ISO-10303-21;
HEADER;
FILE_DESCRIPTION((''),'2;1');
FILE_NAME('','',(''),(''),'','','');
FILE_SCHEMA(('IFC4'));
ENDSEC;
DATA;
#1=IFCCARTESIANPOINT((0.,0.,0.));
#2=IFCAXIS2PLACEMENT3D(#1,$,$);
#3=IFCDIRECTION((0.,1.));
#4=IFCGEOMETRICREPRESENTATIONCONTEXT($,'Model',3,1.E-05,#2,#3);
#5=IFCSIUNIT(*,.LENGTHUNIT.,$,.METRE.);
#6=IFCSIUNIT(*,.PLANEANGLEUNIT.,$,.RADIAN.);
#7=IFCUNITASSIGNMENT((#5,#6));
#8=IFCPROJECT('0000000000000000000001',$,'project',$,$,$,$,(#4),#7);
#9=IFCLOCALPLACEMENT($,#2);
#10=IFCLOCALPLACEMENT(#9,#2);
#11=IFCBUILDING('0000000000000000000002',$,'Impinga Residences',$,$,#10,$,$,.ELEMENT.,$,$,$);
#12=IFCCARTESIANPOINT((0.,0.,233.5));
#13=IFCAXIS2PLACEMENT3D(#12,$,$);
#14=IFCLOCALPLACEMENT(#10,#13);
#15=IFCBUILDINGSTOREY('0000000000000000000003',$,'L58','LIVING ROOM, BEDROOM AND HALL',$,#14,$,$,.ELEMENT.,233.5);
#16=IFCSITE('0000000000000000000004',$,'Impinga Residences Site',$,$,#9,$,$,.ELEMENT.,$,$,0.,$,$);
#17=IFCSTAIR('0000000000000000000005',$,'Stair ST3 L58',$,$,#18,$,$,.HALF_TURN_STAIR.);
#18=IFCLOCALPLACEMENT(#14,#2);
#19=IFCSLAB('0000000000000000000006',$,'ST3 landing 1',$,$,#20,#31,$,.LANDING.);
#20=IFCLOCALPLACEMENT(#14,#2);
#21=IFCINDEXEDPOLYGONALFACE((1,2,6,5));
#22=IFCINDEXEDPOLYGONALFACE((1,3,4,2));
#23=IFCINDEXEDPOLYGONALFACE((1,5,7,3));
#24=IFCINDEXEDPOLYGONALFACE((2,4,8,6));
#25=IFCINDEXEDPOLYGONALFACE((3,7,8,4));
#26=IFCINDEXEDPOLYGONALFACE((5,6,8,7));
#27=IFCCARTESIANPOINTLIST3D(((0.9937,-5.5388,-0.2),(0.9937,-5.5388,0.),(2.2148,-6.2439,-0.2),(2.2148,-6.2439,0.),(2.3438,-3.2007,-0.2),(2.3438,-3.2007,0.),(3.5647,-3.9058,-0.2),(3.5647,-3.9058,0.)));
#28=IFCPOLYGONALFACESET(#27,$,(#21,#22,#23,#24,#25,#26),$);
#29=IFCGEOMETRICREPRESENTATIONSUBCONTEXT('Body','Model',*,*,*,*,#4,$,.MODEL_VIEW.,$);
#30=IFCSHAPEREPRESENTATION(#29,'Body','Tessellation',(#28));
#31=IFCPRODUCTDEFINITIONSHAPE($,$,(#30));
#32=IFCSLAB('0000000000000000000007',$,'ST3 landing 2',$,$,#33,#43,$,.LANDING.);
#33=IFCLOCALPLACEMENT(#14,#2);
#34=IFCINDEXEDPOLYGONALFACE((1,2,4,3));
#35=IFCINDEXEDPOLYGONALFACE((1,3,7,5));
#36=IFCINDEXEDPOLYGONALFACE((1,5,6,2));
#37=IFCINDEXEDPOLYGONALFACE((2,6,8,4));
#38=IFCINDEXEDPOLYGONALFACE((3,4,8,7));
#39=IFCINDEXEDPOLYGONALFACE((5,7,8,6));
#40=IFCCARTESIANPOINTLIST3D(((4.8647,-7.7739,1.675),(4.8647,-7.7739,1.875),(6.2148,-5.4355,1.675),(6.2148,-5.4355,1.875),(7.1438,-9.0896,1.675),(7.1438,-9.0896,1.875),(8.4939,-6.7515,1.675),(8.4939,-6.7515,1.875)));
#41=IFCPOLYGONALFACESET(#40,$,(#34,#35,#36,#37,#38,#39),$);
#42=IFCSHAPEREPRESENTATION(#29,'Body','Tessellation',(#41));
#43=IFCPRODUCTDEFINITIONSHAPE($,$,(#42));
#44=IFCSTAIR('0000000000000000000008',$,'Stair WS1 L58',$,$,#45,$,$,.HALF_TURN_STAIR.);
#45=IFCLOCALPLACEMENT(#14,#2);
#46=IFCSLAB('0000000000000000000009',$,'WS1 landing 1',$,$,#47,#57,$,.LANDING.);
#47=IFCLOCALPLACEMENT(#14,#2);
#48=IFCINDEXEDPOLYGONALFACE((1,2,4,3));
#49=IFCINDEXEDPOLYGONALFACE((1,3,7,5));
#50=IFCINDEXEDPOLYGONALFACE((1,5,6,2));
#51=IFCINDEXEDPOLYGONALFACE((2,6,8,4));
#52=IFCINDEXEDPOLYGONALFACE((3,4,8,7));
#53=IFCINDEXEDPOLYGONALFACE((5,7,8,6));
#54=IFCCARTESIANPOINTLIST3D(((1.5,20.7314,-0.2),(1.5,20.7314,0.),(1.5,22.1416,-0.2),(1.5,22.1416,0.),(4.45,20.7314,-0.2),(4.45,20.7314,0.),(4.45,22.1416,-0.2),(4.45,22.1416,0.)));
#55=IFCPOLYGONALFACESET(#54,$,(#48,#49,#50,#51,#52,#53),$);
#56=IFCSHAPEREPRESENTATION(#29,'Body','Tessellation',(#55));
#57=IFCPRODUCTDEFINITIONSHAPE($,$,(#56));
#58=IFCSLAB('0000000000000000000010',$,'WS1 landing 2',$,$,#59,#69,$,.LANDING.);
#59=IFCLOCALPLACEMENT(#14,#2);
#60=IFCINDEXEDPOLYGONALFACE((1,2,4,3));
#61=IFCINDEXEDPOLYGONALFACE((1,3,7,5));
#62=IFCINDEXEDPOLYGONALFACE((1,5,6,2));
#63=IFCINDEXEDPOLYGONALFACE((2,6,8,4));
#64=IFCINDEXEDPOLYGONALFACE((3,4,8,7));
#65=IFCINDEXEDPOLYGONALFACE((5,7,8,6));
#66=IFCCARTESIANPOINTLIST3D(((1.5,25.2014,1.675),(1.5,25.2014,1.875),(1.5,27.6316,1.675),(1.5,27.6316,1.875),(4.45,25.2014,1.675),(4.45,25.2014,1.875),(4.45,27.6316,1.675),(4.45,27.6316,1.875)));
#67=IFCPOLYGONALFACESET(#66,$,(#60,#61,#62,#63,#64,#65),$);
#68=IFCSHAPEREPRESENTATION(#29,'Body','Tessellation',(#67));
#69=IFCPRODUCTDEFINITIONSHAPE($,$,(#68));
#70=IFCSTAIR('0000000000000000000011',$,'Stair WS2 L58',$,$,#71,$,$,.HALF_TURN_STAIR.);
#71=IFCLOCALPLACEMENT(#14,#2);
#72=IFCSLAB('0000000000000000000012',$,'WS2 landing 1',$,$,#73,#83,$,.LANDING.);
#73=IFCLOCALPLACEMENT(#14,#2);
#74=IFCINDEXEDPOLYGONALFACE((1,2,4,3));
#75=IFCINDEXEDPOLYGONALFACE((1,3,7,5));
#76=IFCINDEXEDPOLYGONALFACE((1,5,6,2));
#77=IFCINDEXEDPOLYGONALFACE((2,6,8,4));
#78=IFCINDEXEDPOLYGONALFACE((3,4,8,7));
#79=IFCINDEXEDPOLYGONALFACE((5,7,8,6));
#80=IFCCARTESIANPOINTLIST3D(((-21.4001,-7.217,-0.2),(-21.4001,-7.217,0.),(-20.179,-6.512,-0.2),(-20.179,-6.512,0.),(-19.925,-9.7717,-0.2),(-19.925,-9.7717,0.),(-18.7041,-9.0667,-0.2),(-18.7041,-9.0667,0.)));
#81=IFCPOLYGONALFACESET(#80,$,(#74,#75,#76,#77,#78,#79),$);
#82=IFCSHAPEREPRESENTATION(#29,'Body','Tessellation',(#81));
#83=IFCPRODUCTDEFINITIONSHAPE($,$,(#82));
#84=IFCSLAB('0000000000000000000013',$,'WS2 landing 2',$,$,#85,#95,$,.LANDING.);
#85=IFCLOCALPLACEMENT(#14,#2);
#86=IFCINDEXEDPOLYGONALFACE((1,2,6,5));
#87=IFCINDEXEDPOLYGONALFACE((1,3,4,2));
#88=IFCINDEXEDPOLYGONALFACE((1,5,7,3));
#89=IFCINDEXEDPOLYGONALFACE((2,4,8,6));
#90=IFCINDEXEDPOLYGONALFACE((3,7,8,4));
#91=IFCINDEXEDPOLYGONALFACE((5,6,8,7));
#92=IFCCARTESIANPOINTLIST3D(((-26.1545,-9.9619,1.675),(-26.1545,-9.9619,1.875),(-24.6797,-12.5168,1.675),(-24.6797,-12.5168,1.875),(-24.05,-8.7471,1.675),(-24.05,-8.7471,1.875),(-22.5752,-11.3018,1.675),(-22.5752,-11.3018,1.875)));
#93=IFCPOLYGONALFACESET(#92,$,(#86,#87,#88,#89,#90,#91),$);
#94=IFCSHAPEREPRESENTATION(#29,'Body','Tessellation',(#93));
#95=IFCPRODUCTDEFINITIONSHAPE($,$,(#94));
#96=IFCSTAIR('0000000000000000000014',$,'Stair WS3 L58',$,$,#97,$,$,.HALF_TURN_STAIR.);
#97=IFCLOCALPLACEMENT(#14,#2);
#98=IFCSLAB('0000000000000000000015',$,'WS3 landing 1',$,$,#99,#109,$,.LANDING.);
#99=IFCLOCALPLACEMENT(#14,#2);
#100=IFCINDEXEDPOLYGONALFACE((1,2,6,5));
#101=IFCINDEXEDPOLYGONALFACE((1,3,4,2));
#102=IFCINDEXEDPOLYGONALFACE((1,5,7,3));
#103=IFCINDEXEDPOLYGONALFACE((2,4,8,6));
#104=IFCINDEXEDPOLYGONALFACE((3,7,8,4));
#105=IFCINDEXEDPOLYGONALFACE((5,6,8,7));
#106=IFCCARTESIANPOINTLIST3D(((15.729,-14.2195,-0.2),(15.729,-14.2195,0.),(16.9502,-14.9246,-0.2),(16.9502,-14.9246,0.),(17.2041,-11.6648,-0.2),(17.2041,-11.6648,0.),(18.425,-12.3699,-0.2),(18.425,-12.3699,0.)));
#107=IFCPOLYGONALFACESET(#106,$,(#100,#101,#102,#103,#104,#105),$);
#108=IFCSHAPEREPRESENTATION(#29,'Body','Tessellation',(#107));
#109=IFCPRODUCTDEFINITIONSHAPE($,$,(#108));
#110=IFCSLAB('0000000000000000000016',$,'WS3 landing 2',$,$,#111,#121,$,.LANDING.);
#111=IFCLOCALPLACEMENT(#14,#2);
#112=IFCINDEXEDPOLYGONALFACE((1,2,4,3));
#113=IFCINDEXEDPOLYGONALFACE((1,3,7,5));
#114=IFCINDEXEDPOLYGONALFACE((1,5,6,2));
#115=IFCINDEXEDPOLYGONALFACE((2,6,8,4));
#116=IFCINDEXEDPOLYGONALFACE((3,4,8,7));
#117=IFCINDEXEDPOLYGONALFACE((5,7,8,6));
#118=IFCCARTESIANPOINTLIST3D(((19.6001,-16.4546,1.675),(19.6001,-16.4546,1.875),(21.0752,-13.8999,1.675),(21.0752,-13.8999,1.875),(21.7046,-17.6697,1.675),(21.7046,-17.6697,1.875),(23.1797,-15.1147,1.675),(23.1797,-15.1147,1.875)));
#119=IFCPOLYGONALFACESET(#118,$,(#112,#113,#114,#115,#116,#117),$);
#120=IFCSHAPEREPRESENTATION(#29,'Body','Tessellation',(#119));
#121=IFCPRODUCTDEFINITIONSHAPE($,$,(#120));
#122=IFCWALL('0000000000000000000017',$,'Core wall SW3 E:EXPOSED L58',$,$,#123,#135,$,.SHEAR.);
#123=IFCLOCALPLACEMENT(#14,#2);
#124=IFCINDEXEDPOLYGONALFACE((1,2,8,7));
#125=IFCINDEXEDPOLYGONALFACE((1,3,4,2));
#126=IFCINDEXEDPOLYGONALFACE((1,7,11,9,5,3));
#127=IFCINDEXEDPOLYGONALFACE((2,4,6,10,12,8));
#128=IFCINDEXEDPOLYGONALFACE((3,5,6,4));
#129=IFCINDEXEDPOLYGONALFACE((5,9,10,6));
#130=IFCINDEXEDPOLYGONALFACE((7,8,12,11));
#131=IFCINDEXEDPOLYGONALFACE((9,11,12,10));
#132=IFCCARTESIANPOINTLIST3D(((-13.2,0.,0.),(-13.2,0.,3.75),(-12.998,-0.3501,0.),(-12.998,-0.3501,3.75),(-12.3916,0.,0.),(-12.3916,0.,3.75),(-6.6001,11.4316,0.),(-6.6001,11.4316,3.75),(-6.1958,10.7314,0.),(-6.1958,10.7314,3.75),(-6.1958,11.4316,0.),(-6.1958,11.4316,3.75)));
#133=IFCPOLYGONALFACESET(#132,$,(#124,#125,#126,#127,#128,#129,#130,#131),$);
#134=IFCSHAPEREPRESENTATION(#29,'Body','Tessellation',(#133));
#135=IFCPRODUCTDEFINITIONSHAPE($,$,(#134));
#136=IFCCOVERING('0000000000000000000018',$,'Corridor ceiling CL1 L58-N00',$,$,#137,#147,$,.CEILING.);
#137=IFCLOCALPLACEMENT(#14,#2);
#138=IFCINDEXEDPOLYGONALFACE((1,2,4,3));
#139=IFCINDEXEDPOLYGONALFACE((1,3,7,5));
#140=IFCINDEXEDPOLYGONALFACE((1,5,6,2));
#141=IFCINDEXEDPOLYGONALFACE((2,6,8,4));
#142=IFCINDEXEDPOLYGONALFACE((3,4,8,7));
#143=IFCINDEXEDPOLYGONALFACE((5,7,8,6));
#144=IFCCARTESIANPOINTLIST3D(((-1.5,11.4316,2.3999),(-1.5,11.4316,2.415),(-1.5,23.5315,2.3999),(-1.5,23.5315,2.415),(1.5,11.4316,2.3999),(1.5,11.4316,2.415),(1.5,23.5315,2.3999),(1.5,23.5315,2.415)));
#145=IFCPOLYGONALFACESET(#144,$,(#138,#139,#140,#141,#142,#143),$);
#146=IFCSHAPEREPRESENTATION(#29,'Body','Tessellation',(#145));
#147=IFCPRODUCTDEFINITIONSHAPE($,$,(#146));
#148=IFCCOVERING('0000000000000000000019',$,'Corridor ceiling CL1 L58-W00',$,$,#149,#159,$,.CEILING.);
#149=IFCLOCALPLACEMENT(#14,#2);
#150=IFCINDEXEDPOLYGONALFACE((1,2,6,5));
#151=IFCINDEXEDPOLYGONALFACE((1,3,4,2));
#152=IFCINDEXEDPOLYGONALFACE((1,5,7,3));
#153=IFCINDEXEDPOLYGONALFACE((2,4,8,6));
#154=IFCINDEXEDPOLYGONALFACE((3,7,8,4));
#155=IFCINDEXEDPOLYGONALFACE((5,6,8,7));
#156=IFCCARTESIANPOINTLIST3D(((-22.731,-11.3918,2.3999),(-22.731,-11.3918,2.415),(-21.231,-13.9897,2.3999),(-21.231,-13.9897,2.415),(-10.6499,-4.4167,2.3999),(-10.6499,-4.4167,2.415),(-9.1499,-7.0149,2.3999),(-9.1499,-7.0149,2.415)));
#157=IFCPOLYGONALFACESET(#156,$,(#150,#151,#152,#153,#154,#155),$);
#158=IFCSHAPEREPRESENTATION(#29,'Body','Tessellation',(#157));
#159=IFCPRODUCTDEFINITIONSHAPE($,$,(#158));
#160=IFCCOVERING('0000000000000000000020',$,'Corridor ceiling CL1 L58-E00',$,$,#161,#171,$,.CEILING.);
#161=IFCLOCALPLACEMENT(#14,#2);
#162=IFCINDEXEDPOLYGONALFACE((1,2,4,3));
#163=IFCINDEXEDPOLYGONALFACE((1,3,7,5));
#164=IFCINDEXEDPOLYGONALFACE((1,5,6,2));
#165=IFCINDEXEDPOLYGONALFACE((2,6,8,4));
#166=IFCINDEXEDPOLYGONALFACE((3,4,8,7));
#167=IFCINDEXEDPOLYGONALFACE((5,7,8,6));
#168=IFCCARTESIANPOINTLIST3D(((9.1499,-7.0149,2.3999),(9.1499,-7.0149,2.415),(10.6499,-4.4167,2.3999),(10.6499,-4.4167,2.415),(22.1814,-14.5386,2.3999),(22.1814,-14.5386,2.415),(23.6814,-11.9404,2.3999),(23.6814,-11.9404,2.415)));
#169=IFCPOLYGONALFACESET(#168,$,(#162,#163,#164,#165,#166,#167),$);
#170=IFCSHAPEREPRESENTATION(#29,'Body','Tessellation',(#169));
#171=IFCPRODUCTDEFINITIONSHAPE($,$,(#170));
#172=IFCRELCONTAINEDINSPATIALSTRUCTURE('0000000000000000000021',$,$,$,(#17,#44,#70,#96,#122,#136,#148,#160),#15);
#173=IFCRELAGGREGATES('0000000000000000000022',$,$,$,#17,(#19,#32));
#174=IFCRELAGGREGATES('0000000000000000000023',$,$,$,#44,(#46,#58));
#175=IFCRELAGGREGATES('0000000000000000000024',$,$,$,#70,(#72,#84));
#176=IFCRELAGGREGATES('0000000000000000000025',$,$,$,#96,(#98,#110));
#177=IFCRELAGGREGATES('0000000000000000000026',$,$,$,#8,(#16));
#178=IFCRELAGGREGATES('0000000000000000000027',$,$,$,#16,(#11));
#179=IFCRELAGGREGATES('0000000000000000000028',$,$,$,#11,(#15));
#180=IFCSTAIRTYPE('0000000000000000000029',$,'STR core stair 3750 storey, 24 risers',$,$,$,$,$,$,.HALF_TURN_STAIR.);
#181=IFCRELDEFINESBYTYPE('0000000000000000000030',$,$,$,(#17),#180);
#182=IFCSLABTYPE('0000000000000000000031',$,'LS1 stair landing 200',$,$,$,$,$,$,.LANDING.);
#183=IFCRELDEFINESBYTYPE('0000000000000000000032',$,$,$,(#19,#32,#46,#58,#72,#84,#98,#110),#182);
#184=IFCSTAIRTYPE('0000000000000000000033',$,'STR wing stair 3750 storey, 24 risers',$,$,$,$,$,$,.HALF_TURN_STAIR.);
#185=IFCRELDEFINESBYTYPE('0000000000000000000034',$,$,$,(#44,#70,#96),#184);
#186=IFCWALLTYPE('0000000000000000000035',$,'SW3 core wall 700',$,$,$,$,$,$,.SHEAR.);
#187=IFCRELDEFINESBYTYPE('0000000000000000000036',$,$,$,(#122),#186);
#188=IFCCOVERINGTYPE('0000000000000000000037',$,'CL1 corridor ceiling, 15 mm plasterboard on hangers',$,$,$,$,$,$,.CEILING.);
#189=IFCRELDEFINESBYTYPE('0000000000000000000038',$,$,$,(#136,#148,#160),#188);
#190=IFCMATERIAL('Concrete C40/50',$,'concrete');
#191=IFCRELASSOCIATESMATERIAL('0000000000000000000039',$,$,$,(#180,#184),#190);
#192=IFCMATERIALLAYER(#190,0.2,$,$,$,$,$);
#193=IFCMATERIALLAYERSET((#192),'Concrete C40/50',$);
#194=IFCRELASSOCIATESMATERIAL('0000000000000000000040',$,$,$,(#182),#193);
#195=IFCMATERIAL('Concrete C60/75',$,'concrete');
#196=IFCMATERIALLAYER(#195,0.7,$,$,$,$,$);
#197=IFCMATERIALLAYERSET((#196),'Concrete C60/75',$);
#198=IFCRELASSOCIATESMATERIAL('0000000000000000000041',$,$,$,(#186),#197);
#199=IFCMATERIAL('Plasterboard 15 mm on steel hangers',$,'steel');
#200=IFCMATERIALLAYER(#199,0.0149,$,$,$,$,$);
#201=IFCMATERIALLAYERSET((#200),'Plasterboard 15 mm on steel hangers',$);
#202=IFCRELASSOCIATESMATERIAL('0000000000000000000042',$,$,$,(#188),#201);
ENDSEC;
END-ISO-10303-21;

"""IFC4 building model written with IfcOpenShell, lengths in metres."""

from ifc_helpers import new_model, si_unit, direction, frame, origin, place, context, subcontext, project, spatial, polyline, outline, extrude, material, layer, layer_set, type_object, element, aggregate, save


model = new_model("IFC4")

# Units and contexts
model_context = context("Model", 3, precision=1e-05, world=origin(), true_north=direction((0.0, 1.0)))
body_context = subcontext(model_context, "Body", "Model", "MODEL_VIEW")
ifc_project = project(units=[si_unit("LENGTHUNIT", "METRE"), si_unit("PLANEANGLEUNIT", "RADIAN")], contexts=[model_context])

# Site, building, storey
site_placement = place(None, origin())
site = spatial("IfcSite", under=ifc_project, at=site_placement, Name="Impinga Residences Site", CompositionType="ELEMENT", RefElevation=0.0)
building_placement = place(site_placement, origin())
building = spatial("IfcBuilding", under=site, at=building_placement, Name="Impinga Residences", CompositionType="ELEMENT")
storey_placement = place(building_placement, frame((0.0, 0.0, 233.5)))
storey = spatial("IfcBuildingStorey", under=building, at=storey_placement, Name="L58", Description="LIVING ROOM, BEDROOM AND HALL", CompositionType="ELEMENT", Elevation=233.5)

# Shared definitions
ifc_material_1 = material(Name="Concrete C60/75", Category="concrete")

# Stairs, slabs
ifc_material_2 = material(Name="Concrete C40/50", Category="concrete")
stair_type_1 = type_object("IfcStairType", Name="STR core stair 3750 storey, 24 risers", PredefinedType="HALF_TURN_STAIR", material=ifc_material_2)
ifc_layer_1 = layer(ifc_material_2, 0.2)
ifc_layer_set_1 = layer_set([ifc_layer_1], Name="Concrete C40/50")
slab_type_1 = type_object("IfcSlabType", Name="LS1 stair landing 200", PredefinedType="LANDING", material=ifc_layer_set_1)
stair_1_placement = place(storey_placement, origin())
stair_1 = element("IfcStair", 1, at=stair_1_placement, inside=storey, type_object=stair_type_1, Name="Stair ST3 L58", PredefinedType="HALF_TURN_STAIR")
slab_1_placement = place(storey_placement, frame((0.0, 0.0, -0.2)))
slab_1 = element("IfcSlab", 2, at=slab_1_placement, type_object=slab_type_1, Name="ST3 landing 1", PredefinedType="LANDING", context=body_context, shape_type="SweptSolid", body=[
    extrude(outline(polyline([(2.3438, -3.2007), (0.9937, -5.5388), (2.2148, -6.2439), (3.5647, -3.9058), (2.3438, -3.2007)])), origin(), (0.0, 0.0, 1.0), 0.2),
])
slab_2_placement = place(storey_placement, frame((0.0, 0.0, 1.675)))
slab_2 = element("IfcSlab", 3, at=slab_2_placement, type_object=slab_type_1, Name="ST3 landing 2", PredefinedType="LANDING", context=body_context, shape_type="SweptSolid", body=[
    extrude(outline(polyline([(6.2148, -5.4355), (4.8647, -7.7739), (7.1438, -9.0896), (8.4939, -6.7515), (6.2148, -5.4355)])), origin(), (0.0, 0.0, 1.0), 0.2),
])
aggregate(stair_1, [slab_1, slab_2])
stair_type_2 = type_object("IfcStairType", Name="STR wing stair 3750 storey, 24 risers", PredefinedType="HALF_TURN_STAIR", material=ifc_material_2)
stair_2_placement = place(storey_placement, origin())
stair_2 = element("IfcStair", 4, at=stair_2_placement, inside=storey, type_object=stair_type_2, Name="Stair WS1 L58", PredefinedType="HALF_TURN_STAIR")
slab_3_placement = place(storey_placement, frame((0.0, 0.0, -0.2)))
slab_3 = element("IfcSlab", 5, at=slab_3_placement, type_object=slab_type_1, Name="WS1 landing 1", PredefinedType="LANDING", context=body_context, shape_type="SweptSolid", body=[
    extrude(outline(polyline([(1.5, 20.7314), (4.45, 20.7314), (4.45, 22.1416), (1.5, 22.1416), (1.5, 20.7314)])), origin(), (0.0, 0.0, 1.0), 0.2),
])
slab_4_placement = place(storey_placement, frame((0.0, 0.0, 1.675)))
slab_4 = element("IfcSlab", 6, at=slab_4_placement, type_object=slab_type_1, Name="WS1 landing 2", PredefinedType="LANDING", context=body_context, shape_type="SweptSolid", body=[
    extrude(outline(polyline([(1.5, 25.2014), (4.45, 25.2014), (4.45, 27.6316), (1.5, 27.6316), (1.5, 25.2014)])), origin(), (0.0, 0.0, 1.0), 0.2),
])
aggregate(stair_2, [slab_3, slab_4])
stair_3_placement = place(storey_placement, origin())
stair_3 = element("IfcStair", 7, at=stair_3_placement, inside=storey, type_object=stair_type_2, Name="Stair WS2 L58", PredefinedType="HALF_TURN_STAIR")
slab_5_placement = place(storey_placement, frame((0.0, 0.0, -0.2)))
slab_5 = element("IfcSlab", 8, at=slab_5_placement, type_object=slab_type_1, Name="WS2 landing 1", PredefinedType="LANDING", context=body_context, shape_type="SweptSolid", body=[
    extrude(outline(polyline([(-18.7041, -9.0667), (-20.179, -6.512), (-21.4001, -7.217), (-19.925, -9.7717), (-18.7041, -9.0667)])), origin(), (0.0, 0.0, 1.0), 0.2),
])
slab_6_placement = place(storey_placement, frame((0.0, 0.0, 1.675)))
slab_6 = element("IfcSlab", 9, at=slab_6_placement, type_object=slab_type_1, Name="WS2 landing 2", PredefinedType="LANDING", context=body_context, shape_type="SweptSolid", body=[
    extrude(outline(polyline([(-22.5752, -11.3018), (-24.05, -8.7471), (-26.1545, -9.9619), (-24.6797, -12.5168), (-22.5752, -11.3018)])), origin(), (0.0, 0.0, 1.0), 0.2),
])
aggregate(stair_3, [slab_5, slab_6])
stair_4_placement = place(storey_placement, origin())
stair_4 = element("IfcStair", 10, at=stair_4_placement, inside=storey, type_object=stair_type_2, Name="Stair WS3 L58", PredefinedType="HALF_TURN_STAIR")
slab_7_placement = place(storey_placement, frame((0.0, 0.0, -0.2)))
slab_7 = element("IfcSlab", 11, at=slab_7_placement, type_object=slab_type_1, Name="WS3 landing 1", PredefinedType="LANDING", context=body_context, shape_type="SweptSolid", body=[
    extrude(outline(polyline([(17.2041, -11.6648), (15.729, -14.2195), (16.9502, -14.9246), (18.425, -12.3699), (17.2041, -11.6648)])), origin(), (0.0, 0.0, 1.0), 0.2),
])
slab_8_placement = place(storey_placement, frame((0.0, 0.0, 1.675)))
slab_8 = element("IfcSlab", 12, at=slab_8_placement, type_object=slab_type_1, Name="WS3 landing 2", PredefinedType="LANDING", context=body_context, shape_type="SweptSolid", body=[
    extrude(outline(polyline([(21.0752, -13.8999), (19.6001, -16.4546), (21.7046, -17.6697), (23.1797, -15.1147), (21.0752, -13.8999)])), origin(), (0.0, 0.0, 1.0), 0.2),
])
aggregate(stair_4, [slab_7, slab_8])

# Wall
ifc_layer_2 = layer(ifc_material_1, 0.7)
ifc_layer_set_2 = layer_set([ifc_layer_2], Name="Concrete C60/75")
wall_type = type_object("IfcWallType", Name="SW3 core wall 700", PredefinedType="SHEAR", material=ifc_layer_set_2)
wall_placement = place(storey_placement, origin())
element("IfcWall", 13, at=wall_placement, inside=storey, type_object=wall_type, Name="Core wall SW3 E:EXPOSED L58", PredefinedType="SHEAR", context=body_context, shape_type="SweptSolid", body=[
    extrude(outline(polyline([(-6.6001, 11.4316), (-13.2, 0.0), (-12.998, -0.3501), (-12.3916, 0.0), (-6.1958, 10.7314), (-6.1958, 11.4316), (-6.6001, 11.4316)])), origin(), (0.0, 0.0, 1.0), 3.75),
])

# Coverings
ifc_material_3 = material(Name="Plasterboard 15 mm on steel hangers", Category="steel")
ifc_layer_3 = layer(ifc_material_3, 0.0149)
ifc_layer_set_3 = layer_set([ifc_layer_3], Name="Plasterboard 15 mm on steel hangers")
covering_type_1 = type_object("IfcCoveringType", Name="CL1 corridor ceiling, 15 mm plasterboard on hangers", PredefinedType="CEILING", material=ifc_layer_set_3)
covering_1_placement = place(storey_placement, frame((0.0, 0.0, 2.3999)))
element("IfcCovering", 14, at=covering_1_placement, inside=storey, type_object=covering_type_1, Name="Corridor ceiling CL1 L58-N00", PredefinedType="CEILING", context=body_context, shape_type="SweptSolid", body=[
    extrude(outline(polyline([(-1.5, 11.4316), (1.5, 11.4316), (1.5, 23.5315), (-1.5, 23.5315), (-1.5, 11.4316)])), origin(), (0.0, 0.0, 1.0), 0.0151),
])
covering_2_placement = place(storey_placement, frame((0.0, 0.0, 2.3999)))
element("IfcCovering", 15, at=covering_2_placement, inside=storey, type_object=covering_type_1, Name="Corridor ceiling CL1 L58-W00", PredefinedType="CEILING", context=body_context, shape_type="SweptSolid", body=[
    extrude(outline(polyline([(-9.1499, -7.0149), (-10.6499, -4.4167), (-22.731, -11.3918), (-21.231, -13.9897), (-9.1499, -7.0149)])), origin(), (0.0, 0.0, 1.0), 0.0151),
])
covering_3_placement = place(storey_placement, frame((0.0, 0.0, 2.3999)))
element("IfcCovering", 16, at=covering_3_placement, inside=storey, type_object=covering_type_1, Name="Corridor ceiling CL1 L58-E00", PredefinedType="CEILING", context=body_context, shape_type="SweptSolid", body=[
    extrude(outline(polyline([(9.1499, -7.0149), (10.6499, -4.4167), (23.6814, -11.9404), (22.1814, -14.5386), (9.1499, -7.0149)])), origin(), (0.0, 0.0, 1.0), 0.0151),
])

save(model, "model.ifc")
